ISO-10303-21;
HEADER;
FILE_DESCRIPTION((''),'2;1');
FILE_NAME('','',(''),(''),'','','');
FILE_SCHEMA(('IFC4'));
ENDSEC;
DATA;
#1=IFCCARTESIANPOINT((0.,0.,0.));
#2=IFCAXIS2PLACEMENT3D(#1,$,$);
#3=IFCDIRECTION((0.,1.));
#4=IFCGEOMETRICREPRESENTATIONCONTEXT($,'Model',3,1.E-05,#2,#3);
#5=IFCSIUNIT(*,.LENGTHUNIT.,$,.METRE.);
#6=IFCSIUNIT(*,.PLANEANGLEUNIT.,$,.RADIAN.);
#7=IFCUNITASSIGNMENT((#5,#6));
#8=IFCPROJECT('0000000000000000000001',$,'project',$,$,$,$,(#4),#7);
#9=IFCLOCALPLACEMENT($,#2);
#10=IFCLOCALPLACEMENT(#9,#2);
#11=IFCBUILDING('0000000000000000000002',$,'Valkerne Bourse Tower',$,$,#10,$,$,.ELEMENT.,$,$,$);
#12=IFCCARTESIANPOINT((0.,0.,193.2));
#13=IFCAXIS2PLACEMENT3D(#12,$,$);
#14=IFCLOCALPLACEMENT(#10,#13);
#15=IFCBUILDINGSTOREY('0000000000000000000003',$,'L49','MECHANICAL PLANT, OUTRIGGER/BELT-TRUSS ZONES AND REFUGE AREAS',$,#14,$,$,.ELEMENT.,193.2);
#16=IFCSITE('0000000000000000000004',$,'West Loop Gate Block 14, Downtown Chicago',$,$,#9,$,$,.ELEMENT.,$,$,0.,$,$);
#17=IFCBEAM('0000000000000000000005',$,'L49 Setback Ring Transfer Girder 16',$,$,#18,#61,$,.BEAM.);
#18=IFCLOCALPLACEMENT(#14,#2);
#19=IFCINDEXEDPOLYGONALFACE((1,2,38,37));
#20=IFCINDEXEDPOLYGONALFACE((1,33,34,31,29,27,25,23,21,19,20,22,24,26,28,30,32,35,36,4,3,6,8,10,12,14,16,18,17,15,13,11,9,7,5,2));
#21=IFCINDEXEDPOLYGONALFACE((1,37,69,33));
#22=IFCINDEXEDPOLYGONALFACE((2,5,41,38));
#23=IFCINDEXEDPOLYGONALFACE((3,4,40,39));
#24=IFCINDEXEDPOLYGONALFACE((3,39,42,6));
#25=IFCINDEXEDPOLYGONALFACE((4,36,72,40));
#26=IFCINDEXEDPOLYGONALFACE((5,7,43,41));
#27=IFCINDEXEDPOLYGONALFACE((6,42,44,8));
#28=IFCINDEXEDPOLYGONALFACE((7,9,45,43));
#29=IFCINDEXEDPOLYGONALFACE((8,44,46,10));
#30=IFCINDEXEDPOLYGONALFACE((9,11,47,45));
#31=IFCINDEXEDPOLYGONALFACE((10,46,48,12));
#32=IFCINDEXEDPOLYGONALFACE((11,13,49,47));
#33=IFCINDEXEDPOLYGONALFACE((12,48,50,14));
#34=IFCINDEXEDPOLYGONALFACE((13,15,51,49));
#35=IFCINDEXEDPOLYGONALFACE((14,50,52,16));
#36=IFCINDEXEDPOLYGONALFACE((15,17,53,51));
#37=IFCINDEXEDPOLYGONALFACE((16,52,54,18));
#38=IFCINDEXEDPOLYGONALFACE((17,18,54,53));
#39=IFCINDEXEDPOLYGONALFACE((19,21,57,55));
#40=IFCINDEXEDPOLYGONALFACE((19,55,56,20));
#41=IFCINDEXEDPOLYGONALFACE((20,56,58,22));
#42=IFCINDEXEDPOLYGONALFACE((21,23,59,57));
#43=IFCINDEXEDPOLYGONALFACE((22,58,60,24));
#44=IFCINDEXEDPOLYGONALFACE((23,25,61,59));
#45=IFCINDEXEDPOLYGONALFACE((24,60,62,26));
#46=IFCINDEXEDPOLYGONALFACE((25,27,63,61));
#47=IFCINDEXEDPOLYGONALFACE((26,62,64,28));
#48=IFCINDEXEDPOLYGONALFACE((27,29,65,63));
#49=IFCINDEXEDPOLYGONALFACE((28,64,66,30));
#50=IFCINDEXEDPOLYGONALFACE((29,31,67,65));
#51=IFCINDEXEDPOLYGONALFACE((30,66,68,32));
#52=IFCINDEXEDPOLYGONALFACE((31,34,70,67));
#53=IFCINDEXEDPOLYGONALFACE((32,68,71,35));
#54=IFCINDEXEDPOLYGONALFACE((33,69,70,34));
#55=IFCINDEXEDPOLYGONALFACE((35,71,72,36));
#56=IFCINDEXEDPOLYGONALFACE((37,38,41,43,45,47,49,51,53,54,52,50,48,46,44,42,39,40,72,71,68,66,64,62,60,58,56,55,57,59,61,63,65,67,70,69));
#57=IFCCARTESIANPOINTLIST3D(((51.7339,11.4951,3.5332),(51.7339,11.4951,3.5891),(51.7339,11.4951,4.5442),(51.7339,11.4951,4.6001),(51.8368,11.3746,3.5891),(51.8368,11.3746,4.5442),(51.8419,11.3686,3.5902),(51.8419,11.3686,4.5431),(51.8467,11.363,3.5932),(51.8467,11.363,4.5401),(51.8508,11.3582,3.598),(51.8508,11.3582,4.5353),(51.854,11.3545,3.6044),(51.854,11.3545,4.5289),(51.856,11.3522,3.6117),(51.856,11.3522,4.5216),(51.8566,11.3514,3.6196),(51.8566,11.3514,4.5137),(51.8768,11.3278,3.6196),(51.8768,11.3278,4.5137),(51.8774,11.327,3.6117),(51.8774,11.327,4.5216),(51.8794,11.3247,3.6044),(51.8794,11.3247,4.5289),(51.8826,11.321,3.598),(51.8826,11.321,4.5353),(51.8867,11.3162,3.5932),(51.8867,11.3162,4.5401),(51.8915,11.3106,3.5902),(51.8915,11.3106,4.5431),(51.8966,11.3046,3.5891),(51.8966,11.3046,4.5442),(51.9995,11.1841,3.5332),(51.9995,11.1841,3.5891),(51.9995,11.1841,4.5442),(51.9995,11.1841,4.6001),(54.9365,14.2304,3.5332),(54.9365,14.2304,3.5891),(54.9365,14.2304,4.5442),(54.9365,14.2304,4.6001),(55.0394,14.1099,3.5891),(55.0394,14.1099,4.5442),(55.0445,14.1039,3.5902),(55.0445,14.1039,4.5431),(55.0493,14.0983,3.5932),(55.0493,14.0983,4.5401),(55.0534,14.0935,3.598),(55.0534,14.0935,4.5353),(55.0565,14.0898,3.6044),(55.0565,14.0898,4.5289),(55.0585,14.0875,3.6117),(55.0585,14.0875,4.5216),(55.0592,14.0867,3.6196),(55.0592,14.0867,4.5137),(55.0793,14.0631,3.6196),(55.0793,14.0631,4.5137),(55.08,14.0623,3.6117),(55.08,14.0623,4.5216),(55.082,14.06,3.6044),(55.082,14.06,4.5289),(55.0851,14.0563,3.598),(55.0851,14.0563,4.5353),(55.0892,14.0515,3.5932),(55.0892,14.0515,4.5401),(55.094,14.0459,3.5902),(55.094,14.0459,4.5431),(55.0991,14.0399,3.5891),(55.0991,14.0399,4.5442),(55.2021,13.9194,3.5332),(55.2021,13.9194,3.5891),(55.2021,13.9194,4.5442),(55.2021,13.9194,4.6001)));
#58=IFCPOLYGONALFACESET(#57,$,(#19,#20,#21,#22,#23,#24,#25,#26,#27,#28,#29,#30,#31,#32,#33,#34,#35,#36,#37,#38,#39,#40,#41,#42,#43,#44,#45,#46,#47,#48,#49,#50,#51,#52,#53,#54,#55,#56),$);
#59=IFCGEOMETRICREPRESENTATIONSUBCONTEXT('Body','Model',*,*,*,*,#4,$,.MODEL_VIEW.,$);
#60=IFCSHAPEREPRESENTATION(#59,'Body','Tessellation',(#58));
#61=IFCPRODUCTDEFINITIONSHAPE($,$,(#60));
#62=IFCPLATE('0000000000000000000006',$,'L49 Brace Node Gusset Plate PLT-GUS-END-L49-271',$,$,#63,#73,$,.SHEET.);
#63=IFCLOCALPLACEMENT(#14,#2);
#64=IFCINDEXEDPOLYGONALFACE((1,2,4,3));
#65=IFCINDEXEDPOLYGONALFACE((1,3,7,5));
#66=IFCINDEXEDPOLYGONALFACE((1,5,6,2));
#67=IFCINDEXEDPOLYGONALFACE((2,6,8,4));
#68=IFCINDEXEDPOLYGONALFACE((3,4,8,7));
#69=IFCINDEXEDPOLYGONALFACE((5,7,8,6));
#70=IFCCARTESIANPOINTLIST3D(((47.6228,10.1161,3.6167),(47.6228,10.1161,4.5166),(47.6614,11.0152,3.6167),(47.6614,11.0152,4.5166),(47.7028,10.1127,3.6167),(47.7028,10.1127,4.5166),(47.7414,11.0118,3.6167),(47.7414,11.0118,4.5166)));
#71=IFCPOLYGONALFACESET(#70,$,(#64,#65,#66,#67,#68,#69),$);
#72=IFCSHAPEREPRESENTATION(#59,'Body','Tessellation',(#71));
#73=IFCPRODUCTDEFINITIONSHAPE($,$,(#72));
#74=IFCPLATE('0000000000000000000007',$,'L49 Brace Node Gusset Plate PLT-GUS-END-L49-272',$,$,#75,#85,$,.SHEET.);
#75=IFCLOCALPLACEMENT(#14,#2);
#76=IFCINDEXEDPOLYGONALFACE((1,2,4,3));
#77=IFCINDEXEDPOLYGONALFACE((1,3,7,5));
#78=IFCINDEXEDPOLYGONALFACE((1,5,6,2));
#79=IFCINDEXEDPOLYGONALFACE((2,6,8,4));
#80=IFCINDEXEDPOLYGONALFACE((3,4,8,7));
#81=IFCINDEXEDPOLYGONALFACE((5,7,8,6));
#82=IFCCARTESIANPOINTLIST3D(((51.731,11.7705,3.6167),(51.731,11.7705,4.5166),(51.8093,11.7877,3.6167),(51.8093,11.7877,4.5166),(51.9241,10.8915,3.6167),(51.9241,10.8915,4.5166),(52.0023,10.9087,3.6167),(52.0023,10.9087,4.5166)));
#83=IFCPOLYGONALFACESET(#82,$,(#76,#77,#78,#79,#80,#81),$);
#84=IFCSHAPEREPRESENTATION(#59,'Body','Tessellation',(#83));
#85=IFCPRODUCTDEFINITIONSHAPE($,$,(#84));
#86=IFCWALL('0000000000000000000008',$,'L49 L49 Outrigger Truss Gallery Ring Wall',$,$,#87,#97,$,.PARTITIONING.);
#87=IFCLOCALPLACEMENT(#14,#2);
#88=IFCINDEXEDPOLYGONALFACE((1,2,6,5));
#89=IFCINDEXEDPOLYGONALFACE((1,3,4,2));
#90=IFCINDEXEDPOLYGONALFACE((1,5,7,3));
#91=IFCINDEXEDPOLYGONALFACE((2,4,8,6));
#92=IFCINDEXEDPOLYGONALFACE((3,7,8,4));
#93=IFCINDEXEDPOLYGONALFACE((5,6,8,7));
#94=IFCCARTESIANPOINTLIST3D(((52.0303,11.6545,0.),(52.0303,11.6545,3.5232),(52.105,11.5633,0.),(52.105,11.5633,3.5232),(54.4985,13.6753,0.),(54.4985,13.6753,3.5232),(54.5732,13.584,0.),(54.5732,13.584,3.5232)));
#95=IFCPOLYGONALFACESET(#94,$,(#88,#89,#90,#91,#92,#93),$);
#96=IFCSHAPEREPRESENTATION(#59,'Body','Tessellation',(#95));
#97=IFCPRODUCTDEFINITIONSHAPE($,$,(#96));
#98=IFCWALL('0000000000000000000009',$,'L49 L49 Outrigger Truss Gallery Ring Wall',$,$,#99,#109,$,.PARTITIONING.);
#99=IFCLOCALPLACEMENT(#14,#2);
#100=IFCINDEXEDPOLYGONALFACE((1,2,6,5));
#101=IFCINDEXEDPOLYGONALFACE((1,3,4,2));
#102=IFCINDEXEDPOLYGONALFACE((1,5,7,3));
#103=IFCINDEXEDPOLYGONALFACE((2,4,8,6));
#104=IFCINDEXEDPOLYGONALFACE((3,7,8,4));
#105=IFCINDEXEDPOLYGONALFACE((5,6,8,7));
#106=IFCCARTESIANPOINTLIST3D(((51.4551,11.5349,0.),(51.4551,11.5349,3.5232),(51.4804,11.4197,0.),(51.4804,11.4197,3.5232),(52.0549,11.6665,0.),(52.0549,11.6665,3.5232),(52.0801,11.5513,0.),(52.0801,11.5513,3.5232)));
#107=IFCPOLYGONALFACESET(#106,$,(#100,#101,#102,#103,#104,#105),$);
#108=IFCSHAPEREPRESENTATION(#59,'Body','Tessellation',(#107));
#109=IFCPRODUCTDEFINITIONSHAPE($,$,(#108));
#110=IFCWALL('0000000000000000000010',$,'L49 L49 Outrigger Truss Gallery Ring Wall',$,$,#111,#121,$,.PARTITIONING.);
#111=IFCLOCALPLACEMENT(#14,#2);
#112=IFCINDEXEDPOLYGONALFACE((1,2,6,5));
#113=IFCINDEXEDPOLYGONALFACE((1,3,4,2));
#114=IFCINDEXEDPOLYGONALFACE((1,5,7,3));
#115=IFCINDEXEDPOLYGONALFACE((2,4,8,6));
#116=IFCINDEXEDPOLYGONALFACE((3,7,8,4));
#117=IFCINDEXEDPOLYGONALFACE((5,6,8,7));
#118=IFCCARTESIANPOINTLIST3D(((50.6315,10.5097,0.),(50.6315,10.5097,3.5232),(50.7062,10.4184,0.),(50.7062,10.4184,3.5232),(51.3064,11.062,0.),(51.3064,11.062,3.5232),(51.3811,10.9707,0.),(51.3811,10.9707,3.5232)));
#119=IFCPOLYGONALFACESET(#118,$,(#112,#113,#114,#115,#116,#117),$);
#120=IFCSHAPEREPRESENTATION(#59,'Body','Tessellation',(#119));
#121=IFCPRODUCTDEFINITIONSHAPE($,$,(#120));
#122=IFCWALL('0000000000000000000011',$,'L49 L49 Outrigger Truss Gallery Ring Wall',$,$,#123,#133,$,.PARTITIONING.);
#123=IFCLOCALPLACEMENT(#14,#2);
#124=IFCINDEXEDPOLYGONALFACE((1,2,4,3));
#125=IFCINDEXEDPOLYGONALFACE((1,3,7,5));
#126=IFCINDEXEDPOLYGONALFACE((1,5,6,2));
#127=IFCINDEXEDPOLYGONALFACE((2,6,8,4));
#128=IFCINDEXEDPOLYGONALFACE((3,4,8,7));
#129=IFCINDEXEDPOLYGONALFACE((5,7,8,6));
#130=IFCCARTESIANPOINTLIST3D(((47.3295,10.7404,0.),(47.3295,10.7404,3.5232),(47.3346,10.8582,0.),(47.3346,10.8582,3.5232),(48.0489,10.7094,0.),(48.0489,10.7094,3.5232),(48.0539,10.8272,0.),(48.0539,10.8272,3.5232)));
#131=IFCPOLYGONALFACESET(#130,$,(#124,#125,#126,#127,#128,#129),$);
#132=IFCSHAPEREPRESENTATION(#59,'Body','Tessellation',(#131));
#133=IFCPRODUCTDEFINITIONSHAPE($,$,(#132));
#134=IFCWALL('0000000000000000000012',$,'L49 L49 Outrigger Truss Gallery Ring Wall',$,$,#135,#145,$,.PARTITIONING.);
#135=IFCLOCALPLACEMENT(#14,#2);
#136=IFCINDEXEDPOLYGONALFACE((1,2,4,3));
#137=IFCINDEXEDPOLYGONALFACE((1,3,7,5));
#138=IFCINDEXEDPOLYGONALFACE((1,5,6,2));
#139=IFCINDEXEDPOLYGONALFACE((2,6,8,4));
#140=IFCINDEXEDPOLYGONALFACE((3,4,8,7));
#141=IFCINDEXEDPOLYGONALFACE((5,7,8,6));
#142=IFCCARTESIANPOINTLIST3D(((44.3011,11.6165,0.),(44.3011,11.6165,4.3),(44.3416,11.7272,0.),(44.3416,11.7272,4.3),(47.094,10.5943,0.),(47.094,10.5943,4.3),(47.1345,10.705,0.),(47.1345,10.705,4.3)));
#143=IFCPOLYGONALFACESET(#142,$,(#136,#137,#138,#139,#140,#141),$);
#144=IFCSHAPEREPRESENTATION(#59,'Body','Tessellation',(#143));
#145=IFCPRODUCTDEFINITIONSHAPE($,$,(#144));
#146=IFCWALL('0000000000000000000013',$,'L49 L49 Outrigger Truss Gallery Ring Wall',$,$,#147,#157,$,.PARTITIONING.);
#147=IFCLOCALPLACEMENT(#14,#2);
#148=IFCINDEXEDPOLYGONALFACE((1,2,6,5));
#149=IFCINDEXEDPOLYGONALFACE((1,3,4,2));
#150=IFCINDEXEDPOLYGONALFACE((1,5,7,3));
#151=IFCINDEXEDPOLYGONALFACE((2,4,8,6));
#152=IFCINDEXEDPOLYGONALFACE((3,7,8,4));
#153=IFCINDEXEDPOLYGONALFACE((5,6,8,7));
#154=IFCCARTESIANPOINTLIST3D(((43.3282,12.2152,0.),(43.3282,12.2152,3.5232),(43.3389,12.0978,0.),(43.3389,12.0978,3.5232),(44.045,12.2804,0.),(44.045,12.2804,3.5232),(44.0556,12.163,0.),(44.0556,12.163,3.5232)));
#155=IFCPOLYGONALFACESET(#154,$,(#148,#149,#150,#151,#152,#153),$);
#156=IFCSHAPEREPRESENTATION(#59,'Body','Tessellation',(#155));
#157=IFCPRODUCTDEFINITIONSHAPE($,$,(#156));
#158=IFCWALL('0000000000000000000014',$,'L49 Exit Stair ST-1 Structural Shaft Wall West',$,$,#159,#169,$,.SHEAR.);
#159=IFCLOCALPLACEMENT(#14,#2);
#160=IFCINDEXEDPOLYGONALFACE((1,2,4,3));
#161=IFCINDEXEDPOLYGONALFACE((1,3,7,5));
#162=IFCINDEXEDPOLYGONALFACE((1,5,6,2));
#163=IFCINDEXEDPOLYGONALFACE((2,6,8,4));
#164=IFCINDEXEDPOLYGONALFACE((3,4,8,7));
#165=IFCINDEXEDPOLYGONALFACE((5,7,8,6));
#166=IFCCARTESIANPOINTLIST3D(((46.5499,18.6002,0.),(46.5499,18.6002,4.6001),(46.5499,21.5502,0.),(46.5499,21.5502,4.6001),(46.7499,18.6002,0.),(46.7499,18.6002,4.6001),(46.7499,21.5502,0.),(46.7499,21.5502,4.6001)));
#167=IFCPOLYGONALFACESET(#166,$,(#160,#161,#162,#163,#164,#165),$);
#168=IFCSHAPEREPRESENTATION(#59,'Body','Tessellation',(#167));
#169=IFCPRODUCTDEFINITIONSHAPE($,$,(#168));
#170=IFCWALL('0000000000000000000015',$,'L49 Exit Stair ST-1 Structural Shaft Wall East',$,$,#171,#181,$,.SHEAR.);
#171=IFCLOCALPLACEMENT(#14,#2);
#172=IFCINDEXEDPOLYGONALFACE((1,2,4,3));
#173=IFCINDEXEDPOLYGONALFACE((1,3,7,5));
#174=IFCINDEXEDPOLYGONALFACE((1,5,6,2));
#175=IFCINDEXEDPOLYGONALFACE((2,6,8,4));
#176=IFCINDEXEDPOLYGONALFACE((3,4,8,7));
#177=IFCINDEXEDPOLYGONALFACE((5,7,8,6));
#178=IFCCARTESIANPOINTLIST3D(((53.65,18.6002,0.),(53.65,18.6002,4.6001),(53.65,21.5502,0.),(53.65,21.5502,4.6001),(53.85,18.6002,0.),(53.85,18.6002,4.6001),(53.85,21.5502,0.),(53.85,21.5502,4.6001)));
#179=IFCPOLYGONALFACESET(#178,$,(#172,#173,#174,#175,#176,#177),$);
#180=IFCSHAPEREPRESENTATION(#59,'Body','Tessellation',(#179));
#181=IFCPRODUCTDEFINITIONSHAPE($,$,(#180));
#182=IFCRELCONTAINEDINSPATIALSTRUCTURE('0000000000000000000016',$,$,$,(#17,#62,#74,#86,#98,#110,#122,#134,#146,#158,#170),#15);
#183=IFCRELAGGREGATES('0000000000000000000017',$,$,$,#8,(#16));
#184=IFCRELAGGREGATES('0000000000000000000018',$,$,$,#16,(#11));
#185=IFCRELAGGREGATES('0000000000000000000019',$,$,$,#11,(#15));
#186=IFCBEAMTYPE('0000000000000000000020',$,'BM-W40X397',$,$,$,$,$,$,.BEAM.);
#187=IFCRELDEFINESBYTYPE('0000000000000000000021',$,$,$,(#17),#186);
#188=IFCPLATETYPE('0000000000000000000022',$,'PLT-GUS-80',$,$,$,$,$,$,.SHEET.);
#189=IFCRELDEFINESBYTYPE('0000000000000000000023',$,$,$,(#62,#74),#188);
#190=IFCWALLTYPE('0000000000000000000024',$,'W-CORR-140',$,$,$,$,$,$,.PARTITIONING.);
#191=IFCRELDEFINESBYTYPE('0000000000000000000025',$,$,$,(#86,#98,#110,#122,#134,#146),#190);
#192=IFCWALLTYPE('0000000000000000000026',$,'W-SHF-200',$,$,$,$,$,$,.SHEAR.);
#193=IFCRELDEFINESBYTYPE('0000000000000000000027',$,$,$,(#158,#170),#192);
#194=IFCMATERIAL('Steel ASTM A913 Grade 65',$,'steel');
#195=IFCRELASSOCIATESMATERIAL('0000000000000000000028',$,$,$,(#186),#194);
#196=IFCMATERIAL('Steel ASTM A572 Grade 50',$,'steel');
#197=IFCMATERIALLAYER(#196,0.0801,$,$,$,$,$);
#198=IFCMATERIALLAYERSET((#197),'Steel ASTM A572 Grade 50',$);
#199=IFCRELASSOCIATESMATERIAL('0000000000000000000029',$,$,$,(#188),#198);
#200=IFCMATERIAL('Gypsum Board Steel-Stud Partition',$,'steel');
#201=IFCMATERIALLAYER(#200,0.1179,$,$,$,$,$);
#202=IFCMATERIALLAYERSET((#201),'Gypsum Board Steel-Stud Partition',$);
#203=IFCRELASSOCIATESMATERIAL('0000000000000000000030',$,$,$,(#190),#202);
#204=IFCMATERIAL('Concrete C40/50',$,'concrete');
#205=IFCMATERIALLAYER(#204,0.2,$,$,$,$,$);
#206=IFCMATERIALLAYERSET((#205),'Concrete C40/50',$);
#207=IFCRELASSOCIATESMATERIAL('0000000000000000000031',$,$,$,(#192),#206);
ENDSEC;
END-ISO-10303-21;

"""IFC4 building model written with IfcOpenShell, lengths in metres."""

from ifc_helpers import new_model, si_unit, direction, frame, frame_2d, origin, origin_2d, place, context, subcontext, project, spatial, rectangle, i_section, extrude, material, layer, layer_set, material_profile, profile_set, type_object, element, save


model = new_model("IFC4")

# Units and contexts
model_context = context("Model", 3, precision=1e-05, world=origin(), true_north=direction((0.0, 1.0)))
body_context = subcontext(model_context, "Body", "Model", "MODEL_VIEW")
ifc_project = project(units=[si_unit("LENGTHUNIT", "METRE"), si_unit("PLANEANGLEUNIT", "RADIAN")], contexts=[model_context])

# Site, building, storey
site_placement = place(None, origin())
site = spatial("IfcSite", under=ifc_project, at=site_placement, Name="West Loop Gate Block 14, Downtown Chicago", CompositionType="ELEMENT", RefElevation=0.0)
building_placement = place(site_placement, origin())
building = spatial("IfcBuilding", under=site, at=building_placement, Name="Valkerne Bourse Tower", CompositionType="ELEMENT")
storey_placement = place(building_placement, frame((0.0, 0.0, 193.2)))
storey = spatial("IfcBuildingStorey", under=building, at=storey_placement, Name="L49", Description="MECHANICAL PLANT, OUTRIGGER/BELT-TRUSS ZONES AND REFUGE AREAS", CompositionType="ELEMENT", Elevation=193.2)

# Beam
ifc_material_1 = material(Name="Steel ASTM A913 Grade 65", Category="steel")
ifc_material_profile = material_profile(ifc_material_1, i_section(OverallWidth=0.4089, OverallDepth=1.0669, WebThickness=0.031, FlangeThickness=0.0559, FilletRadius=0.0305, at=origin_2d()), Name="W40X397")
ifc_profile_set = profile_set([ifc_material_profile], Name="Steel ASTM A913 Grade 65")
beam_type = type_object("IfcBeamType", Name="BM-W40X397", PredefinedType="BEAM", material=ifc_profile_set)
beam_placement = place(storey_placement, frame((51.8667, 11.3396, 4.0667), z_axis=(0.760401, 0.649454, 0.0), x_axis=(-0.649454, 0.760401, 0.0)))
element("IfcBeam", 1, at=beam_placement, inside=storey, type_object=beam_type, Name="L49 Setback Ring Transfer Girder 16", PredefinedType="BEAM", context=body_context, shape_type="SweptSolid", body=[
    extrude(i_section(OverallWidth=0.4089, OverallDepth=1.0669, WebThickness=0.031, FlangeThickness=0.0559, FilletRadius=0.0305, at=origin_2d()), origin(), (0.0, 0.0, 1.0), 4.2117),
])

# Plates
ifc_material_2 = material(Name="Steel ASTM A572 Grade 50", Category="steel")
ifc_layer_1 = layer(ifc_material_2, 0.0801)
ifc_layer_set_1 = layer_set([ifc_layer_1], Name="Steel ASTM A572 Grade 50")
plate_type = type_object("IfcPlateType", Name="PLT-GUS-80", PredefinedType="SHEET", material=ifc_layer_set_1)
for number, where, z_axis, x_axis, name in (
    (2, (47.6821, 10.564, 3.6167), (0.0, 0.0, 1.0), (0.042922, 0.999078, 0.0), "L49 Brace Node Gusset Plate PLT-GUS-END-L49-271"),
    (3, (51.8667, 11.3396, 3.6167), (0.0, 0.0, 1.0), (-0.214565, 0.97671, 0.0), "L49 Brace Node Gusset Plate PLT-GUS-END-L49-272"),
):
    element("IfcPlate", number, at=place(storey_placement, frame(where, z_axis=z_axis, x_axis=x_axis)), inside=storey, type_object=plate_type, Name=name, PredefinedType="SHEET", context=body_context, shape_type="SweptSolid", body=[
        extrude(rectangle(XDim=0.8999, YDim=0.0801, at=origin_2d()), origin(), (0.0, 0.0, 1.0), 0.8999),
    ])

# Walls
ifc_material_3 = material(Name="Gypsum Board Steel-Stud Partition", Category="steel")
ifc_layer_2 = layer(ifc_material_3, 0.1179)
ifc_layer_set_2 = layer_set([ifc_layer_2], Name="Gypsum Board Steel-Stud Partition")
wall_type_1 = type_object("IfcWallType", Name="W-CORR-140", PredefinedType="PARTITIONING", material=ifc_layer_set_2)
wall_1_placement = place(storey_placement, frame((54.5359, 13.6296, 0.0), z_axis=(0.0, 0.0, 1.0), x_axis=(-0.773763, -0.633475, 0.0)))
element("IfcWall", 4, at=wall_1_placement, inside=storey, type_object=wall_type_1, Name="L49 L49 Outrigger Truss Gallery Ring Wall", PredefinedType="PARTITIONING", context=body_context, shape_type="SweptSolid", body=[
    extrude(rectangle(XDim=3.1899, YDim=0.1179, at=frame_2d((1.595, 0.0))), origin(), (0.0, 0.0, 1.0), 3.5232),
])
wall_2_placement = place(storey_placement, frame((52.0676, 11.6089, 0.0), z_axis=(0.0, 0.0, 1.0), x_axis=(-0.976773, -0.214278, 0.0)))
element("IfcWall", 5, at=wall_2_placement, inside=storey, type_object=wall_type_1, Name="L49 L49 Outrigger Truss Gallery Ring Wall", PredefinedType="PARTITIONING", context=body_context, shape_type="SweptSolid", body=[
    extrude(rectangle(XDim=0.614, YDim=0.1179, at=frame_2d((0.3071, 0.0))), origin(), (0.0, 0.0, 1.0), 3.5232),
])
wall_3_placement = place(storey_placement, frame((51.3438, 11.0164, 0.0), z_axis=(0.0, 0.0, 1.0), x_axis=(-0.773882, -0.633329, 0.0)))
element("IfcWall", 6, at=wall_3_placement, inside=storey, type_object=wall_type_1, Name="L49 L49 Outrigger Truss Gallery Ring Wall", PredefinedType="PARTITIONING", context=body_context, shape_type="SweptSolid", body=[
    extrude(rectangle(XDim=0.8721, YDim=0.1179, at=frame_2d((0.436, 0.0))), origin(), (0.0, 0.0, 1.0), 3.5232),
])
wall_4_placement = place(storey_placement, frame((48.0513, 10.7683, 0.0), z_axis=(0.0, 0.0, 1.0), x_axis=(-0.999072, 0.043069, 0.0)))
element("IfcWall", 7, at=wall_4_placement, inside=storey, type_object=wall_type_1, Name="L49 L49 Outrigger Truss Gallery Ring Wall", PredefinedType="PARTITIONING", context=body_context, shape_type="SweptSolid", body=[
    extrude(rectangle(XDim=0.72, YDim=0.1179, at=frame_2d((0.3599, 0.0))), origin(), (0.0, 0.0, 1.0), 3.5232),
])
wall_5_placement = place(storey_placement, frame((47.1143, 10.6497, 0.0), z_axis=(0.0, 0.0, 1.0), x_axis=(-0.93908, 0.3437, 0.0)))
element("IfcWall", 8, at=wall_5_placement, inside=storey, type_object=wall_type_1, Name="L49 L49 Outrigger Truss Gallery Ring Wall", PredefinedType="PARTITIONING", context=body_context, shape_type="SweptSolid", body=[
    extrude(rectangle(XDim=2.9741, YDim=0.1179, at=frame_2d((1.4871, 0.0))), origin(), (0.0, 0.0, 1.0), 4.3),
])
wall_6_placement = place(storey_placement, frame((44.0503, 12.2217, 0.0), z_axis=(0.0, 0.0, 1.0), x_axis=(-0.99589, -0.090566, 0.0)))
element("IfcWall", 9, at=wall_6_placement, inside=storey, type_object=wall_type_1, Name="L49 L49 Outrigger Truss Gallery Ring Wall", PredefinedType="PARTITIONING", context=body_context, shape_type="SweptSolid", body=[
    extrude(rectangle(XDim=0.7197, YDim=0.1179, at=frame_2d((0.3599, 0.0))), origin(), (0.0, 0.0, 1.0), 3.5232),
])
ifc_material_4 = material(Name="Concrete C40/50", Category="concrete")
ifc_layer_3 = layer(ifc_material_4, 0.2)
ifc_layer_set_3 = layer_set([ifc_layer_3], Name="Concrete C40/50")
wall_type_2 = type_object("IfcWallType", Name="W-SHF-200", PredefinedType="SHEAR", material=ifc_layer_set_3)
for number, where, z_axis, x_axis, name in (
    (10, (46.6499, 18.6001, 0.0), (0.0, 0.0, 1.0), (0.0, 1.0, 0.0), "L49 Exit Stair ST-1 Structural Shaft Wall West"),
    (11, (53.75, 18.6001, 0.0), (0.0, 0.0, 1.0), (0.0, 1.0, 0.0), "L49 Exit Stair ST-1 Structural Shaft Wall East"),
):
    element("IfcWall", number, at=place(storey_placement, frame(where, z_axis=z_axis, x_axis=x_axis)), inside=storey, type_object=wall_type_2, Name=name, PredefinedType="SHEAR", context=body_context, shape_type="SweptSolid", body=[
        extrude(rectangle(XDim=2.95, YDim=0.2, at=frame_2d((1.4751, 0.0))), origin(), (0.0, 0.0, 1.0), 4.6001),
    ])

save(model, "model.ifc")
